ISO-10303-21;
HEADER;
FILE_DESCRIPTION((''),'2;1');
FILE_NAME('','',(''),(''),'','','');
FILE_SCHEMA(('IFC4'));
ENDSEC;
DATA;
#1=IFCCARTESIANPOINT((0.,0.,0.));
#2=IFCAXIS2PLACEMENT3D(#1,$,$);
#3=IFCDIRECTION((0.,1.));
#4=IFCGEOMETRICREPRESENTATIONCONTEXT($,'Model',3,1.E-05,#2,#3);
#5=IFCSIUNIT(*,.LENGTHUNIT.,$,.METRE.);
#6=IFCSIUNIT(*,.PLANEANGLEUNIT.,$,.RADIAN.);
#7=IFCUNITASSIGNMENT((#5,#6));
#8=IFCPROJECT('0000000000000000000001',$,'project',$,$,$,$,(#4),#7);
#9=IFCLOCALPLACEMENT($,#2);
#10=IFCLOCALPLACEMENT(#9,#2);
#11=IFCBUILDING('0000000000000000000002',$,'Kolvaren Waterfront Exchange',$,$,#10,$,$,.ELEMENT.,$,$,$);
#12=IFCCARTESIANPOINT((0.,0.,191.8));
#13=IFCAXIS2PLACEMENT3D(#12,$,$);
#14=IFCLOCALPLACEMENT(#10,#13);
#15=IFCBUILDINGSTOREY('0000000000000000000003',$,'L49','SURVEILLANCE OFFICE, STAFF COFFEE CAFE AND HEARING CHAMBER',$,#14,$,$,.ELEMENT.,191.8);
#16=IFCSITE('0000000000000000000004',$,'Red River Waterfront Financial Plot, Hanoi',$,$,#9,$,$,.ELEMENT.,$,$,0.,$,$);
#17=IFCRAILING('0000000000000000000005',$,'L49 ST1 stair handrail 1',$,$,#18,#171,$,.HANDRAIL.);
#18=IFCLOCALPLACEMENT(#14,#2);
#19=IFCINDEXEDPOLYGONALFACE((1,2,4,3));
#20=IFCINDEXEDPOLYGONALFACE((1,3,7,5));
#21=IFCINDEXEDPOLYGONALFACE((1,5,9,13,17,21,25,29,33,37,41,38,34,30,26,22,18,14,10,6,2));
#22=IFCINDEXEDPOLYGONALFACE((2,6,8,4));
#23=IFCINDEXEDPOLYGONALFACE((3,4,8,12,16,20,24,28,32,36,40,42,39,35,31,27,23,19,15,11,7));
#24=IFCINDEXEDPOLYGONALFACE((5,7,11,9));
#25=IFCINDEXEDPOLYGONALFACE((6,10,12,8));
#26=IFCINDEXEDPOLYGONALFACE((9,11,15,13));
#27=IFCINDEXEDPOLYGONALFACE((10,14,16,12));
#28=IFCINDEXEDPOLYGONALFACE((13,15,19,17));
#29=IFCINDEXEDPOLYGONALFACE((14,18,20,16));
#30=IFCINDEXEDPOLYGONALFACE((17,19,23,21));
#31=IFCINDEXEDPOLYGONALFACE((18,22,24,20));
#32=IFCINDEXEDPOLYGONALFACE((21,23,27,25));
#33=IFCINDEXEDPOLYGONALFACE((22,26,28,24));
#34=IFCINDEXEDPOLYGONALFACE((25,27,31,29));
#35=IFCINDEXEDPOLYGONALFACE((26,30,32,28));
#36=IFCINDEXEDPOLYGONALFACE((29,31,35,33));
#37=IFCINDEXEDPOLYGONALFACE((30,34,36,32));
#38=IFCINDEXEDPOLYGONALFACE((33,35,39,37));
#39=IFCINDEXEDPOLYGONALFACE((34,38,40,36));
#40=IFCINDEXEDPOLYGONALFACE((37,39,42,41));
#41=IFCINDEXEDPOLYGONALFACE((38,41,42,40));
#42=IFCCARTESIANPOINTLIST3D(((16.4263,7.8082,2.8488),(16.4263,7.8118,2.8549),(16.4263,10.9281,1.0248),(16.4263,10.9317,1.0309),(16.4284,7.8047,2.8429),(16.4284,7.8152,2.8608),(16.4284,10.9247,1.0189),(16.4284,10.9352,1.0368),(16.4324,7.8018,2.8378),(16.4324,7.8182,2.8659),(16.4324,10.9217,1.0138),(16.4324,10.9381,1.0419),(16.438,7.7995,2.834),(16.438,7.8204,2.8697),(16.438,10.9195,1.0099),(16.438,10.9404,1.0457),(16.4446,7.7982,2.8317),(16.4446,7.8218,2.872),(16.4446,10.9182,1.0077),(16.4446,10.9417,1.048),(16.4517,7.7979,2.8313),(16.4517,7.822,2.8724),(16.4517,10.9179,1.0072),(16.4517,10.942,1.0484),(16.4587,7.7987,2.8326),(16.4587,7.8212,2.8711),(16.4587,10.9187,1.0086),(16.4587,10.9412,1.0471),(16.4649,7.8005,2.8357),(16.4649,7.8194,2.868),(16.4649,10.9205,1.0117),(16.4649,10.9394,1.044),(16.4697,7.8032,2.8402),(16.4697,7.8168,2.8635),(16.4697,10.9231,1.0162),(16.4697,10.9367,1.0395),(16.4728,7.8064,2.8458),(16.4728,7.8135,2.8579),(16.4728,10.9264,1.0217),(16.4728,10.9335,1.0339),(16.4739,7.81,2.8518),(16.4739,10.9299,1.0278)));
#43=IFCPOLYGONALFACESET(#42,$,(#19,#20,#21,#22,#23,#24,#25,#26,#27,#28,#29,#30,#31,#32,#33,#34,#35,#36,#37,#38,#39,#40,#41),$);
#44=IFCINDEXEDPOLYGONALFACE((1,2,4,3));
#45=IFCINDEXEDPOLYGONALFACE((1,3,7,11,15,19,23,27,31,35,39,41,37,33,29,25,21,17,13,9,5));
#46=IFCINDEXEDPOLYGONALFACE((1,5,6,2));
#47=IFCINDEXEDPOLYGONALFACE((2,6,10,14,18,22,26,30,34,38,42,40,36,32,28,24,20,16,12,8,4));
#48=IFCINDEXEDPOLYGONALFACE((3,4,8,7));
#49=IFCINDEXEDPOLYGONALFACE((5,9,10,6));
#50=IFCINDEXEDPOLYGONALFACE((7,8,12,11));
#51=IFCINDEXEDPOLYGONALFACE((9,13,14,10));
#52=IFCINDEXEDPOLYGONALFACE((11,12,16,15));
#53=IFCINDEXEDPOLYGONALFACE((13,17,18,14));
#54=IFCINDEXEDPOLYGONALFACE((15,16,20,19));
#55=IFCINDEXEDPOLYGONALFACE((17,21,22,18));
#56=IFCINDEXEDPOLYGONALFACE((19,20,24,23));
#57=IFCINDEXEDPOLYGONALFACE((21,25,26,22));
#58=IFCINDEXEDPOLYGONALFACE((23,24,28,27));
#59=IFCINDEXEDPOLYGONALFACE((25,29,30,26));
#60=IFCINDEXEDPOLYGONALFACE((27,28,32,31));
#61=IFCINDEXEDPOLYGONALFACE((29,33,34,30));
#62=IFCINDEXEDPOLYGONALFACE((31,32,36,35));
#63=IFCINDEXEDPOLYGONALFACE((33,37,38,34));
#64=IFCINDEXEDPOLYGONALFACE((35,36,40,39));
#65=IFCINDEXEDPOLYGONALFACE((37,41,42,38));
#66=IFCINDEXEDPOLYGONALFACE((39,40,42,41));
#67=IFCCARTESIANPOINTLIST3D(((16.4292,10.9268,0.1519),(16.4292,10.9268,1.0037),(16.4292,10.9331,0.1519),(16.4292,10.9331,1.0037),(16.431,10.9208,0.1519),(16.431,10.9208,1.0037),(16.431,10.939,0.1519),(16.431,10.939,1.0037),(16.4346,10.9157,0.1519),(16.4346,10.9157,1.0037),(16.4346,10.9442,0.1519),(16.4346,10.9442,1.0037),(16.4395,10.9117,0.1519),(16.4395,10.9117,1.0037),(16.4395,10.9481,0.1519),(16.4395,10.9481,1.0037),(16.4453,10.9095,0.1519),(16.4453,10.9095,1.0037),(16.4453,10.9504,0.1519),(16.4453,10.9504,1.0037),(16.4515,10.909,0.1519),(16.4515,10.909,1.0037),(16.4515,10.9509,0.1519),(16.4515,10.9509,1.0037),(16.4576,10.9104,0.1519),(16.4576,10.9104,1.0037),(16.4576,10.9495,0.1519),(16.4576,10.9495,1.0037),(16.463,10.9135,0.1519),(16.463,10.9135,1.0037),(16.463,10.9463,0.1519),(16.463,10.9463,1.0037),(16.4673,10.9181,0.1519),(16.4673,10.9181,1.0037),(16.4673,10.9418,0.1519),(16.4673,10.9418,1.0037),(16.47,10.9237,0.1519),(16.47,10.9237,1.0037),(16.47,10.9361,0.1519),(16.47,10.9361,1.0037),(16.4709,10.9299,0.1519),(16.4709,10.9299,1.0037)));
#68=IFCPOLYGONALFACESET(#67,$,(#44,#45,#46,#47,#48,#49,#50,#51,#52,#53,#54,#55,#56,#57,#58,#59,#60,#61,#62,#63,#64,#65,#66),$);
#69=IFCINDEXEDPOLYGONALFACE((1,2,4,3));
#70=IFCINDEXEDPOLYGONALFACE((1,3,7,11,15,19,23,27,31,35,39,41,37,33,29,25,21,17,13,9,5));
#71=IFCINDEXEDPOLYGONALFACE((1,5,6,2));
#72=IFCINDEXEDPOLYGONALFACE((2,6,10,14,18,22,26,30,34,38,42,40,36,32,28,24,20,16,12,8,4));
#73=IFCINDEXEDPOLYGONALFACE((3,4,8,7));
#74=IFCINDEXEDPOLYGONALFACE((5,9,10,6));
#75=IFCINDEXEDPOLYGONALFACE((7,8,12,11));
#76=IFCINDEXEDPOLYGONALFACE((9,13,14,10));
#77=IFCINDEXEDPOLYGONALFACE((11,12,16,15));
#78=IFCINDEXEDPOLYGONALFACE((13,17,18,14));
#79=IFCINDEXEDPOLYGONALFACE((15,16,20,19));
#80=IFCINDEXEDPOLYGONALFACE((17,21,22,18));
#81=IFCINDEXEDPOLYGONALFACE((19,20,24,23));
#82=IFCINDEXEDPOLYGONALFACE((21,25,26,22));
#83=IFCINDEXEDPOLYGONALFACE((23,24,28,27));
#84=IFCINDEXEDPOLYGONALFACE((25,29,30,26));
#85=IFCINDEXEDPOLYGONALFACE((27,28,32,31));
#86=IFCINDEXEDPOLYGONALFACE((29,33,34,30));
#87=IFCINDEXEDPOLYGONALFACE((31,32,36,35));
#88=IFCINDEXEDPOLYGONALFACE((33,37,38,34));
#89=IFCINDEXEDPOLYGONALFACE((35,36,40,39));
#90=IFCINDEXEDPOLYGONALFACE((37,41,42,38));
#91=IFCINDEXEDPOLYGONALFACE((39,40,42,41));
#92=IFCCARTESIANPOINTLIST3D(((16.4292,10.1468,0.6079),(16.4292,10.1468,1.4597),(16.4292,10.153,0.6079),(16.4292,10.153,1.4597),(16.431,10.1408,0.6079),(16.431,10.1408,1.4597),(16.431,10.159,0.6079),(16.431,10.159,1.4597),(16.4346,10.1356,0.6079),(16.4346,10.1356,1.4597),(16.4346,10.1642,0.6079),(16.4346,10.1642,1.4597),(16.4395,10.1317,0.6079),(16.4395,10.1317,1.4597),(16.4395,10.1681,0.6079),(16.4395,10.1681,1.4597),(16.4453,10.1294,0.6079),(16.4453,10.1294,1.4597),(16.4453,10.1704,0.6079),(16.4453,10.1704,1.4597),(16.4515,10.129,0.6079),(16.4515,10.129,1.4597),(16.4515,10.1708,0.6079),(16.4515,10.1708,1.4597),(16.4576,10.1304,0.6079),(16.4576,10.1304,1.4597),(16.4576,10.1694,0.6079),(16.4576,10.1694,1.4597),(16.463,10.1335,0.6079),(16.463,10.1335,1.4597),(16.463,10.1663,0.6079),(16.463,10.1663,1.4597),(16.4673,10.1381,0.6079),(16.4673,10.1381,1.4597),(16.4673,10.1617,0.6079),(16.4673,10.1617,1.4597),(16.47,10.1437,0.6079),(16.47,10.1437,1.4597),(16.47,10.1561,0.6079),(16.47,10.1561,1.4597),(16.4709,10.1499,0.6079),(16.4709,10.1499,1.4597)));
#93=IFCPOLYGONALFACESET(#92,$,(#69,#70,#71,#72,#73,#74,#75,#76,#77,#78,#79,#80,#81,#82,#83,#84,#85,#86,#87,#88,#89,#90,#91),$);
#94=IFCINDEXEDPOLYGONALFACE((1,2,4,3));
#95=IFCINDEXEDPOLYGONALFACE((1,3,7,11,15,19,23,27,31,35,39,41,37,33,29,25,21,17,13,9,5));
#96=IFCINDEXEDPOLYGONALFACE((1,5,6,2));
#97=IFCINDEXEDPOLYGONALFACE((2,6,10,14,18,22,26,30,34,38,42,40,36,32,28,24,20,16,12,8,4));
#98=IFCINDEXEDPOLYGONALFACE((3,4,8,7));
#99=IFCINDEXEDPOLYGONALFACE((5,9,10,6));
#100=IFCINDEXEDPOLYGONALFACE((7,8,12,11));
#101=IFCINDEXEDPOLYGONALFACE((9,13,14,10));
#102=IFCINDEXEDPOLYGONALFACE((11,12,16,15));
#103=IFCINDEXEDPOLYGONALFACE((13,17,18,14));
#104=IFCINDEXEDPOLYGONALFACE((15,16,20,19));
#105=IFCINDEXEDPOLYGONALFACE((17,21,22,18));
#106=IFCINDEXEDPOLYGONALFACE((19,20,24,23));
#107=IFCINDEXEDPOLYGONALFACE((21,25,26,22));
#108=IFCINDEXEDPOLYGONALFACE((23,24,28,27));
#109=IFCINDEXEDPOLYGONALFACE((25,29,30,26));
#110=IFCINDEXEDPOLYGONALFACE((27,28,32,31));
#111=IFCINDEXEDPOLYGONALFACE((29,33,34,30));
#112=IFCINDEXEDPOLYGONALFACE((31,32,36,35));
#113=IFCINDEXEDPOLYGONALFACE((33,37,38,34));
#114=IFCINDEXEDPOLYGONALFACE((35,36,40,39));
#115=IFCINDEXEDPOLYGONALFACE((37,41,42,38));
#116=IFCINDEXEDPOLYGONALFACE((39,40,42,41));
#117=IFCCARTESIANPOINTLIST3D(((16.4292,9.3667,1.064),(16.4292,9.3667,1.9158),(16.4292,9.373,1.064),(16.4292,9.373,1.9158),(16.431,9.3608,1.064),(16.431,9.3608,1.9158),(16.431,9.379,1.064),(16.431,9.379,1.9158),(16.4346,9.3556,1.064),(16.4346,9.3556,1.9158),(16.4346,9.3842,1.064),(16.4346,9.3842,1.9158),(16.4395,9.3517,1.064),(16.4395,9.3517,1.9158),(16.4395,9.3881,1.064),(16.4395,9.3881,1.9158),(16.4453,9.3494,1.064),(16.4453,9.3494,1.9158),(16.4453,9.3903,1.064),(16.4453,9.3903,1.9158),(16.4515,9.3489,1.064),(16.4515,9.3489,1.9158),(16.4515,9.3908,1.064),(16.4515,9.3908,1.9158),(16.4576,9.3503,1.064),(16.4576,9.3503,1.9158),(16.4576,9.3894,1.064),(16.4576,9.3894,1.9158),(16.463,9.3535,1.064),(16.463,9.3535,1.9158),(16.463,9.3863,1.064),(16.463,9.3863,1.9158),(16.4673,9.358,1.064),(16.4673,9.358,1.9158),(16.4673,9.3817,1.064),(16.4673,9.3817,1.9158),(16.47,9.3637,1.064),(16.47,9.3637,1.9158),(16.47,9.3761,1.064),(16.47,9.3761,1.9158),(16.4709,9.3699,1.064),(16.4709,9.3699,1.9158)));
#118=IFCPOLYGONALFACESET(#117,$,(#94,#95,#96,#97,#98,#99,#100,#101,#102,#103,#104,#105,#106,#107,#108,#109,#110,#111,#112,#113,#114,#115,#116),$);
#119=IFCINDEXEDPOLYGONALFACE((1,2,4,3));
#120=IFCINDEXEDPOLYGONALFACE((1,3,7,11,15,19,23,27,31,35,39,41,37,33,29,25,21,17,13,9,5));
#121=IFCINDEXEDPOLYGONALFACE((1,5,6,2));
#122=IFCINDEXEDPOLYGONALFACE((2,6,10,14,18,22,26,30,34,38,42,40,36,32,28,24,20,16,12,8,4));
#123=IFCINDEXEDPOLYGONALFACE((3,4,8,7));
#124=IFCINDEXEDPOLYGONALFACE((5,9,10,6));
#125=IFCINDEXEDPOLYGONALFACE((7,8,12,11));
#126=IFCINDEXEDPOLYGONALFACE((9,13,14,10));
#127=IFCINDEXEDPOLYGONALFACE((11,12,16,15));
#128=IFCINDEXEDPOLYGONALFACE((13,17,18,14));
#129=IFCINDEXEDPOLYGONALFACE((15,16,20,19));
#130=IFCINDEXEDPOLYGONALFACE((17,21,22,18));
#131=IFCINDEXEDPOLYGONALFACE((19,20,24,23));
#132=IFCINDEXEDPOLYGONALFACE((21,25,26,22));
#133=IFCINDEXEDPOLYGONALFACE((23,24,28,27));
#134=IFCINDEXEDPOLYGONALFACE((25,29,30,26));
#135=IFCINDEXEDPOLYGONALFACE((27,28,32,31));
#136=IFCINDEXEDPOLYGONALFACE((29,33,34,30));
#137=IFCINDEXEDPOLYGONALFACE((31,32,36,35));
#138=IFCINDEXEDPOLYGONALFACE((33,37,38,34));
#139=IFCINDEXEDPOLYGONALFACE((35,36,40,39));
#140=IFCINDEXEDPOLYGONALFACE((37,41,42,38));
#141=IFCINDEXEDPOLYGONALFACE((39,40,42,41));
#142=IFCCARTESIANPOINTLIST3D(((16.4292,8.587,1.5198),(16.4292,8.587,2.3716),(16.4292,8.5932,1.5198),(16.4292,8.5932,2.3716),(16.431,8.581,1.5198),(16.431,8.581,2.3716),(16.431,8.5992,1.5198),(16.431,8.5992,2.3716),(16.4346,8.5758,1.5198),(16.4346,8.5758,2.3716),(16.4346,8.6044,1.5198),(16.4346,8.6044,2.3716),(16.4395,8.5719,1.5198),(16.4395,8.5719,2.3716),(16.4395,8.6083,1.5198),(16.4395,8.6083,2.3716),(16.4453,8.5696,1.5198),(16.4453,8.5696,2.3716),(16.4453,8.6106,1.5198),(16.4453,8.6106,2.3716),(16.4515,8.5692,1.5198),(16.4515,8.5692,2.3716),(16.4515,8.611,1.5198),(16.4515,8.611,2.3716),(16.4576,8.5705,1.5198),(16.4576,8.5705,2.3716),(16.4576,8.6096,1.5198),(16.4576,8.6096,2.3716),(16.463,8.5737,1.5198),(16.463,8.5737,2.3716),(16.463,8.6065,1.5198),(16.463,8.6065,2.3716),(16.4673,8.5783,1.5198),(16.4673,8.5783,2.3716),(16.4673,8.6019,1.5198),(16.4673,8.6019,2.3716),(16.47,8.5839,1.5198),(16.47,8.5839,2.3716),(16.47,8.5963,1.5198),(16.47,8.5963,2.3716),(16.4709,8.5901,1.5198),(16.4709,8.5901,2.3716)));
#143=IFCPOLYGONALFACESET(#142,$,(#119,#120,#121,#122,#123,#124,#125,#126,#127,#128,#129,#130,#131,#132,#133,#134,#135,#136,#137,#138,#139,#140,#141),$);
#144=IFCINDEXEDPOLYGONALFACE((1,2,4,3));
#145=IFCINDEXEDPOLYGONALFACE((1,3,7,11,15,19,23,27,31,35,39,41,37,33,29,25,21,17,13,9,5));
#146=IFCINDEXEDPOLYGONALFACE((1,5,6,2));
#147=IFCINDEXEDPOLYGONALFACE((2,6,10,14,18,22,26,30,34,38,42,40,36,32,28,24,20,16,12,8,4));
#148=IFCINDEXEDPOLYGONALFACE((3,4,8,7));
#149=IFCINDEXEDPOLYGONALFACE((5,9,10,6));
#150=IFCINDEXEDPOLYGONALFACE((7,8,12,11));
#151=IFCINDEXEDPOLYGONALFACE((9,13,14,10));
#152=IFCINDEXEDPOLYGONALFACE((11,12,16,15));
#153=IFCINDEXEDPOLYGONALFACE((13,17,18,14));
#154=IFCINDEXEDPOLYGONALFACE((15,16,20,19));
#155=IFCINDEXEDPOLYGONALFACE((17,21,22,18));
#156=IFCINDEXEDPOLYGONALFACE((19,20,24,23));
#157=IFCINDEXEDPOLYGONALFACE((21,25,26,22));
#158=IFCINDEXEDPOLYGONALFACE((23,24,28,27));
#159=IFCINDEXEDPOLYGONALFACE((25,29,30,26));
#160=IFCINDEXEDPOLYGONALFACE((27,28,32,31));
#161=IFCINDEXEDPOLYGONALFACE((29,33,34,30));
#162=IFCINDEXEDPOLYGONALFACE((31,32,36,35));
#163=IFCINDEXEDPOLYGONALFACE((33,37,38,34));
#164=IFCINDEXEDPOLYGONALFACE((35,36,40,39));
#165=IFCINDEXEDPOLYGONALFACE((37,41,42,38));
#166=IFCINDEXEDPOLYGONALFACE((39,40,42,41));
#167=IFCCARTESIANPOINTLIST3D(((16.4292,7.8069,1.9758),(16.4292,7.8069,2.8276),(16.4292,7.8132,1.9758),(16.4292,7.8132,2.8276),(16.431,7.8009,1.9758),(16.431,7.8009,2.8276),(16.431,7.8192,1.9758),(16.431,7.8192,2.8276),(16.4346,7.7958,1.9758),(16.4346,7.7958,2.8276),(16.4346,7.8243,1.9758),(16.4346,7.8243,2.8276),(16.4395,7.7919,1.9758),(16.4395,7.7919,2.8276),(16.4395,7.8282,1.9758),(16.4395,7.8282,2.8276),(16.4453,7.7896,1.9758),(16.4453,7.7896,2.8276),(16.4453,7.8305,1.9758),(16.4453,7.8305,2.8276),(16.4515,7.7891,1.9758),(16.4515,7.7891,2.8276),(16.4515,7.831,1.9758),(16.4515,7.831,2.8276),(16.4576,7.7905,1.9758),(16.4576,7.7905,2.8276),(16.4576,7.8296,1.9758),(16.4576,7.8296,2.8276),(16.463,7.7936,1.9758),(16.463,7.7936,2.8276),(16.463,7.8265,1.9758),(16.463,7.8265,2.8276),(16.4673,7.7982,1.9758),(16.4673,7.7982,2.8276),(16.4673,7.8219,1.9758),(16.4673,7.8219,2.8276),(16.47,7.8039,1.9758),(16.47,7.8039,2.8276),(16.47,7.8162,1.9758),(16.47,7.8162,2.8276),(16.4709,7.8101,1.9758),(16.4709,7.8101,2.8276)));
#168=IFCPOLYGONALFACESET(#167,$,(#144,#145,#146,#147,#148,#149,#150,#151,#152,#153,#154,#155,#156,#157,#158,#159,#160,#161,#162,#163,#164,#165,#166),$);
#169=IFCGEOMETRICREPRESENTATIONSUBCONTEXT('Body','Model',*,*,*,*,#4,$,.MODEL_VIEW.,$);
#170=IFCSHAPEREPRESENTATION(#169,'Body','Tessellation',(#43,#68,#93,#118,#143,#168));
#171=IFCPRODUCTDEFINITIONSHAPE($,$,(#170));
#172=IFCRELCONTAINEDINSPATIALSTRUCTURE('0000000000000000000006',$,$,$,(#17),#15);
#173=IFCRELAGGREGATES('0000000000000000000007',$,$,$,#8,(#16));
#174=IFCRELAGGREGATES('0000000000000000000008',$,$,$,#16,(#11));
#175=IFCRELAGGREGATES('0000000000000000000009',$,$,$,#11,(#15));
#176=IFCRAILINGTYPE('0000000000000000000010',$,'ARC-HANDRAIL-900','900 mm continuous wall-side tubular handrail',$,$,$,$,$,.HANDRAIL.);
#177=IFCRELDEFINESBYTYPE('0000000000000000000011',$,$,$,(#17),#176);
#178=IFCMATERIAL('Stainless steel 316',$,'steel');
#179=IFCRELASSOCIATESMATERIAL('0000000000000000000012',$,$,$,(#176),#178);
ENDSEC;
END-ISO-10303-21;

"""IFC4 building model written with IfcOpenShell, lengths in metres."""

from ifc_helpers import new_model, si_unit, direction, frame, origin, origin_2d, place, context, subcontext, project, spatial, circle, extrude, material, type_object, element, save


model = new_model("IFC4")

# Units and contexts
model_context = context("Model", 3, precision=1e-05, world=origin(), true_north=direction((0.0, 1.0)))
body_context = subcontext(model_context, "Body", "Model", "MODEL_VIEW")
ifc_project = project(units=[si_unit("LENGTHUNIT", "METRE"), si_unit("PLANEANGLEUNIT", "RADIAN")], contexts=[model_context])

# Site, building, storey
site_placement = place(None, origin())
site = spatial("IfcSite", under=ifc_project, at=site_placement, Name="Red River Waterfront Financial Plot, Hanoi", CompositionType="ELEMENT", RefElevation=0.0)
building_placement = place(site_placement, origin())
building = spatial("IfcBuilding", under=site, at=building_placement, Name="Kolvaren Waterfront Exchange", CompositionType="ELEMENT")
storey_placement = place(building_placement, frame((0.0, 0.0, 191.8)))
storey = spatial("IfcBuildingStorey", under=building, at=storey_placement, Name="L49", Description="SURVEILLANCE OFFICE, STAFF COFFEE CAFE AND HEARING CHAMBER", CompositionType="ELEMENT", Elevation=191.8)

# Railing
ifc_material_1 = material(Name="Stainless steel 316", Category="steel")
railing_type_1 = type_object("IfcRailingType", Name="ARC-HANDRAIL-900", Description="900 mm continuous wall-side tubular handrail", PredefinedType="HANDRAIL", material=ifc_material_1)
railing_1_placement = place(storey_placement, frame((16.45, 10.9299, 0.1519)))
element("IfcRailing", 1, at=railing_1_placement, inside=storey, type_object=railing_type_1, Name="L49 ST1 stair handrail 1", PredefinedType="HANDRAIL", context=body_context, shape_type="SweptSolid", body=[
    extrude(circle(Radius=0.0239, at=origin_2d()), frame((0.0, 0.0, 0.876), z_axis=(0.0, -0.863291, 0.504707), x_axis=(1.0, 0.0, 0.0)), (0.0, 0.0, 1.0), 3.614),
    extrude(circle(Radius=0.021, at=origin_2d()), origin(), (0.0, 0.0, 1.0), 0.8518),
    extrude(circle(Radius=0.021, at=origin_2d()), frame((0.0, -0.78, 0.4561)), (0.0, 0.0, 1.0), 0.8518),
    extrude(circle(Radius=0.021, at=origin_2d()), frame((0.0, -1.5601, 0.9121)), (0.0, 0.0, 1.0), 0.8518),
    extrude(circle(Radius=0.021, at=origin_2d()), frame((0.0, -2.3398, 1.3679)), (0.0, 0.0, 1.0), 0.8518),
    extrude(circle(Radius=0.021, at=origin_2d()), frame((0.0, -3.1199, 1.824)), (0.0, 0.0, 1.0), 0.8518),
])

save(model, "model.ifc")
